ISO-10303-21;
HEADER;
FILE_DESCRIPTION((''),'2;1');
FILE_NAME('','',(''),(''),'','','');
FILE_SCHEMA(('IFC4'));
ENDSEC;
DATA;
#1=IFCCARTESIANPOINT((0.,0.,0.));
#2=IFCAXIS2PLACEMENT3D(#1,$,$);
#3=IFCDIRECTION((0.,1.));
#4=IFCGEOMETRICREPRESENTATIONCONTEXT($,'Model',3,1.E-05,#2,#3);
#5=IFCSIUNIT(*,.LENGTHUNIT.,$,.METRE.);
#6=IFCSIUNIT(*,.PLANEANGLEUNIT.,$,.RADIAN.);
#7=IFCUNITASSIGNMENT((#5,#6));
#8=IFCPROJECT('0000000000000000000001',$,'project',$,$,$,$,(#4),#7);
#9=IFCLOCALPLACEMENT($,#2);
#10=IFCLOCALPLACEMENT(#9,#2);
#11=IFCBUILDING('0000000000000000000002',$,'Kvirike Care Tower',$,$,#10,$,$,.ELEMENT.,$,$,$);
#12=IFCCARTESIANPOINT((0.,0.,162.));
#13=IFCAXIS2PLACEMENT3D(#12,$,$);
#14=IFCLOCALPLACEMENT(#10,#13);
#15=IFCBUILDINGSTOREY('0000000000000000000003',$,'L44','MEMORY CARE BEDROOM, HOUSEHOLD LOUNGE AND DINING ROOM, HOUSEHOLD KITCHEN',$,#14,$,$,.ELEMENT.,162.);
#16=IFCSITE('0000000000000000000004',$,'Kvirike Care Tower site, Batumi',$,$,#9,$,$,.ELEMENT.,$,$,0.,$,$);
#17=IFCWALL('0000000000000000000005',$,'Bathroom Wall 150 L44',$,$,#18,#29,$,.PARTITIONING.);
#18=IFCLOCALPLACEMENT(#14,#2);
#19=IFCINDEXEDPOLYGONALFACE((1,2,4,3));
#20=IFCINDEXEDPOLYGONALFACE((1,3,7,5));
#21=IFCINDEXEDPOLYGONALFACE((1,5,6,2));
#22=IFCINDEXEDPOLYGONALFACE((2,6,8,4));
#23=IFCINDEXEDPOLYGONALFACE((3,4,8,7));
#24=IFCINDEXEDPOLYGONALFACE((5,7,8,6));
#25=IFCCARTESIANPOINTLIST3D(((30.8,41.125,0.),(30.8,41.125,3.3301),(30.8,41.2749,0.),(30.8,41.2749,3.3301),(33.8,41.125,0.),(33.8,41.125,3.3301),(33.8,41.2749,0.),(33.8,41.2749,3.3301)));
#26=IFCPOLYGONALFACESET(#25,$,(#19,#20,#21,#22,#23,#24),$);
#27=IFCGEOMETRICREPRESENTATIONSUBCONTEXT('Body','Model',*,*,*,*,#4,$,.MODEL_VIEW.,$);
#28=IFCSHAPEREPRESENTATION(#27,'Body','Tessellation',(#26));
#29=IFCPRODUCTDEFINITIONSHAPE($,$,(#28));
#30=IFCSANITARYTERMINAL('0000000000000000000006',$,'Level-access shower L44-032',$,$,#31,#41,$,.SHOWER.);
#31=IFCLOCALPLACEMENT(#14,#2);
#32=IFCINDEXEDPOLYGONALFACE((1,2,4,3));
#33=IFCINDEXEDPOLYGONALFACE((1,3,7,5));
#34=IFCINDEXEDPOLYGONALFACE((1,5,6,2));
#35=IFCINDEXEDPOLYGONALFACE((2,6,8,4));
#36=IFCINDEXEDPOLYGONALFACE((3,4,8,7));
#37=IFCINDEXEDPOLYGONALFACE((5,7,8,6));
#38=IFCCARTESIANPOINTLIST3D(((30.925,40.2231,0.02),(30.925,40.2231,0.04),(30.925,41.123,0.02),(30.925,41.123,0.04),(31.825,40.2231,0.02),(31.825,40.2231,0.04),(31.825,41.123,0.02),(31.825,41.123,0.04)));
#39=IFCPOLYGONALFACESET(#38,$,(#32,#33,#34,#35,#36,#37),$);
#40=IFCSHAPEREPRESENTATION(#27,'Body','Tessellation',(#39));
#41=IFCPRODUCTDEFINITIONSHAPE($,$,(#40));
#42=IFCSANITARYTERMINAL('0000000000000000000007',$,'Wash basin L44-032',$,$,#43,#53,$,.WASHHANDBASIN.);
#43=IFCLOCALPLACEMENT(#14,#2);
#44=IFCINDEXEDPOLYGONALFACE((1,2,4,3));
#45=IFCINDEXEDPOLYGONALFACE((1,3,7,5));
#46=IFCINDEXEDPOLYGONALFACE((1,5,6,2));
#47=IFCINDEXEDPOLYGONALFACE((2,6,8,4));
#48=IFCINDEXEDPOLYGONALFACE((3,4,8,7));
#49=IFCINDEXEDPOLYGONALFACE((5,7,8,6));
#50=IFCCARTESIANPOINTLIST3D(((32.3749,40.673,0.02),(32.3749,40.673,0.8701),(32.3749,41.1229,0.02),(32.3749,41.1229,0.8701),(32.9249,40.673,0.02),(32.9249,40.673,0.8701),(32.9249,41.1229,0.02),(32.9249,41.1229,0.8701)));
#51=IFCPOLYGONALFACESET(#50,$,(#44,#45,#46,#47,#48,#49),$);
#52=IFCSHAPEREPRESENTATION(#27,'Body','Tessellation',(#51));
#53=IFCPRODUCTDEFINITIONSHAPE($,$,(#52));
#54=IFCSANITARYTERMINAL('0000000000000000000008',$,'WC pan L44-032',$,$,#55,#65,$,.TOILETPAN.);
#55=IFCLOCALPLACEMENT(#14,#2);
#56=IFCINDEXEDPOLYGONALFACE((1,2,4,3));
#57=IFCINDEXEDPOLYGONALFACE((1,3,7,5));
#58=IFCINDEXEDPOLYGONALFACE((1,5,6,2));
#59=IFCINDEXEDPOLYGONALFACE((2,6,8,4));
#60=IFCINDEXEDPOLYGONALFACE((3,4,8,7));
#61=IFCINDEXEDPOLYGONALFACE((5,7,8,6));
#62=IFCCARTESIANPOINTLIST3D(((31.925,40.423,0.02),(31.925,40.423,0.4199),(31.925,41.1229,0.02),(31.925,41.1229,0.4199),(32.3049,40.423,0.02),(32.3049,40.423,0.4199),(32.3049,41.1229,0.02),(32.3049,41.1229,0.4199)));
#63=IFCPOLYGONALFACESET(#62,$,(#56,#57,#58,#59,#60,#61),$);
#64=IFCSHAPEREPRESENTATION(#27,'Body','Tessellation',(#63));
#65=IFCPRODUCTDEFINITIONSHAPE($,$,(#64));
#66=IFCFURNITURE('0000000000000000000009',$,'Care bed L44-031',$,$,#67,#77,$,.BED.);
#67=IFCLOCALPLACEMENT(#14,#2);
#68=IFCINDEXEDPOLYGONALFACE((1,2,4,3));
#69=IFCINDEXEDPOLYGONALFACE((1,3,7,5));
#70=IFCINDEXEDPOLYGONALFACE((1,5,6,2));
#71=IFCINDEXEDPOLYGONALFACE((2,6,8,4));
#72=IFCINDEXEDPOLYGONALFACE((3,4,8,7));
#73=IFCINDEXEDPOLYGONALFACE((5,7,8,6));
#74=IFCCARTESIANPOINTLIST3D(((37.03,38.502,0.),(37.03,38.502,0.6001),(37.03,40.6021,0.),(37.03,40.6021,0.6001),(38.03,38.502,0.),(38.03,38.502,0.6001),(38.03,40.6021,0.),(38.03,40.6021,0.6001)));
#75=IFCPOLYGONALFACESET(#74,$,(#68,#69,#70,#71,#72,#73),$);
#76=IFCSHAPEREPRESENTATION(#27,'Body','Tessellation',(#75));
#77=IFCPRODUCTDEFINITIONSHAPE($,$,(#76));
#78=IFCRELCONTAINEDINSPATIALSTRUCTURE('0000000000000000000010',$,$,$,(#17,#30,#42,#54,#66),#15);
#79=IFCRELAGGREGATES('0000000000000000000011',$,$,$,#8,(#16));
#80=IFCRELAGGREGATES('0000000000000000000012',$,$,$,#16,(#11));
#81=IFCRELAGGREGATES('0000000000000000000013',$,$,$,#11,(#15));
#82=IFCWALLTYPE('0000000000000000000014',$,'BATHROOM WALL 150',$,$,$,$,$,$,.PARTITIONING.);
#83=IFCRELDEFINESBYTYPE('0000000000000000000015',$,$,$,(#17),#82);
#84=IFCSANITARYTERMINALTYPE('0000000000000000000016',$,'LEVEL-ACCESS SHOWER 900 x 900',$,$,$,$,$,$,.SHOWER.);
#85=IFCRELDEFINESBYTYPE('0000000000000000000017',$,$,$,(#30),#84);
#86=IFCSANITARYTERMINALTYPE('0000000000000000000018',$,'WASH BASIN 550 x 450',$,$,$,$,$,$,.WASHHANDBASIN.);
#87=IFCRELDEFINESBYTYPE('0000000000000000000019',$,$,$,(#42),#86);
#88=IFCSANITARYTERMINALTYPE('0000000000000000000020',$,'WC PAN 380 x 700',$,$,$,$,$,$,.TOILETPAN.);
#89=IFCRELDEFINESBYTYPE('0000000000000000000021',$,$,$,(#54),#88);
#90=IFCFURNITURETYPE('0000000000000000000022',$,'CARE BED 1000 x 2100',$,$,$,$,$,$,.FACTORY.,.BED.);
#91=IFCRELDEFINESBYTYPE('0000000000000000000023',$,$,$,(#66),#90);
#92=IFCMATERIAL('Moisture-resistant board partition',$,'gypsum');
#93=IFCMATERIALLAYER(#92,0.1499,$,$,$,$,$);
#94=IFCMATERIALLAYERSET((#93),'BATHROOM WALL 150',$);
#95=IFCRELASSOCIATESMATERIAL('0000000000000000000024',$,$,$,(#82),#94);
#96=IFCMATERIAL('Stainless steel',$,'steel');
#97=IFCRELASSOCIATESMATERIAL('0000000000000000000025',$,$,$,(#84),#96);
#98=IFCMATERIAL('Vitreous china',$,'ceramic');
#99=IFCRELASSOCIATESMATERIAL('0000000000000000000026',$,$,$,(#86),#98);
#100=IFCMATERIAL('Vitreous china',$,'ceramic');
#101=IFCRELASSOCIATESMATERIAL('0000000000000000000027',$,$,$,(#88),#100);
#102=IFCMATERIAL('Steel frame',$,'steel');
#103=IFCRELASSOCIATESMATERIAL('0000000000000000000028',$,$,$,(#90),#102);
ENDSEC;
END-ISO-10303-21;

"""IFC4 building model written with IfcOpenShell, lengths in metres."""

from ifc_helpers import new_model, si_unit, direction, frame, frame_2d, origin, origin_2d, place, context, subcontext, project, spatial, rectangle, extrude, material, layer, layer_set, type_object, element, save


model = new_model("IFC4")

# Units and contexts
model_context = context("Model", 3, precision=1e-05, world=origin(), true_north=direction((0.0, 1.0)))
body_context = subcontext(model_context, "Body", "Model", "MODEL_VIEW")
ifc_project = project(units=[si_unit("LENGTHUNIT", "METRE"), si_unit("PLANEANGLEUNIT", "RADIAN")], contexts=[model_context])

# Site, building, storey
site_placement = place(None, origin())
site = spatial("IfcSite", under=ifc_project, at=site_placement, Name="Kvirike Care Tower site, Batumi", CompositionType="ELEMENT", RefElevation=0.0)
building_placement = place(site_placement, origin())
building = spatial("IfcBuilding", under=site, at=building_placement, Name="Kvirike Care Tower", CompositionType="ELEMENT")
storey_placement = place(building_placement, frame((0.0, 0.0, 162.0)))
storey = spatial("IfcBuildingStorey", under=building, at=storey_placement, Name="L44", Description="MEMORY CARE BEDROOM, HOUSEHOLD LOUNGE AND DINING ROOM, HOUSEHOLD KITCHEN", CompositionType="ELEMENT", Elevation=162.0)

# Wall
ifc_material_1 = material(Name="Moisture-resistant board partition", Category="gypsum")
ifc_layer_1 = layer(ifc_material_1, 0.1499)
ifc_layer_set_1 = layer_set([ifc_layer_1], Name="BATHROOM WALL 150")
wall_type = type_object("IfcWallType", Name="BATHROOM WALL 150", PredefinedType="PARTITIONING", material=ifc_layer_set_1)
wall_placement = place(storey_placement, frame((33.8, 41.2, 0.0), z_axis=(0.0, 0.0, 1.0), x_axis=(-1.0, 0.0, 0.0)))
element("IfcWall", 1, at=wall_placement, inside=storey, type_object=wall_type, Name="Bathroom Wall 150 L44", PredefinedType="PARTITIONING", context=body_context, shape_type="SweptSolid", body=[
    extrude(rectangle(XDim=3.0, YDim=0.1499, at=frame_2d((1.5, 0.0))), origin(), (0.0, 0.0, 1.0), 3.3301),
])

# Sanitary terminals
ifc_material_2 = material(Name="Stainless steel", Category="steel")
sanitary_terminal_type_1 = type_object("IfcSanitaryTerminalType", Name="LEVEL-ACCESS SHOWER 900 x 900", PredefinedType="SHOWER", material=ifc_material_2)
sanitary_terminal_1_placement = place(storey_placement, frame((31.375, 40.6731, 0.02), z_axis=(0.0, 0.0, 1.0), x_axis=(1.0, 0.0, 0.0)))
element("IfcSanitaryTerminal", 2, at=sanitary_terminal_1_placement, inside=storey, type_object=sanitary_terminal_type_1, Name="Level-access shower L44-032", PredefinedType="SHOWER", context=body_context, shape_type="SweptSolid", body=[
    extrude(rectangle(XDim=0.8999, YDim=0.8999, at=origin_2d()), origin(), (0.0, 0.0, 1.0), 0.02),
])
ifc_material_3 = material(Name="Vitreous china", Category="ceramic")
sanitary_terminal_type_2 = type_object("IfcSanitaryTerminalType", Name="WASH BASIN 550 x 450", PredefinedType="WASHHANDBASIN", material=ifc_material_3)
sanitary_terminal_2_placement = place(storey_placement, frame((32.6499, 40.8979, 0.02), z_axis=(0.0, 0.0, 1.0), x_axis=(1.0, 0.0, 0.0)))
element("IfcSanitaryTerminal", 3, at=sanitary_terminal_2_placement, inside=storey, type_object=sanitary_terminal_type_2, Name="Wash basin L44-032", PredefinedType="WASHHANDBASIN", context=body_context, shape_type="SweptSolid", body=[
    extrude(rectangle(XDim=0.55, YDim=0.45, at=origin_2d()), origin(), (0.0, 0.0, 1.0), 0.8501),
])
ifc_material_4 = material(Name="Vitreous china", Category="ceramic")
sanitary_terminal_type_3 = type_object("IfcSanitaryTerminalType", Name="WC PAN 380 x 700", PredefinedType="TOILETPAN", material=ifc_material_4)
sanitary_terminal_3_placement = place(storey_placement, frame((32.115, 40.7729, 0.02), z_axis=(0.0, 0.0, 1.0), x_axis=(1.0, 0.0, 0.0)))
element("IfcSanitaryTerminal", 4, at=sanitary_terminal_3_placement, inside=storey, type_object=sanitary_terminal_type_3, Name="WC pan L44-032", PredefinedType="TOILETPAN", context=body_context, shape_type="SweptSolid", body=[
    extrude(rectangle(XDim=0.3799, YDim=0.7, at=origin_2d()), origin(), (0.0, 0.0, 1.0), 0.3999),
])

# Furniture
ifc_material_5 = material(Name="Steel frame", Category="steel")
furniture_type = type_object("IfcFurnitureType", Name="CARE BED 1000 x 2100", AssemblyPlace="FACTORY", PredefinedType="BED", material=ifc_material_5)
furniture_placement = place(storey_placement, frame((37.53, 39.552, 0.0), z_axis=(0.0, 0.0, 1.0), x_axis=(-1.0, 0.0, 0.0)))
element("IfcFurniture", 5, at=furniture_placement, inside=storey, type_object=furniture_type, Name="Care bed L44-031", PredefinedType="BED", context=body_context, shape_type="SweptSolid", body=[
    extrude(rectangle(XDim=1.0, YDim=2.1001, at=origin_2d()), origin(), (0.0, 0.0, 1.0), 0.6001),
])

save(model, "model.ifc")
